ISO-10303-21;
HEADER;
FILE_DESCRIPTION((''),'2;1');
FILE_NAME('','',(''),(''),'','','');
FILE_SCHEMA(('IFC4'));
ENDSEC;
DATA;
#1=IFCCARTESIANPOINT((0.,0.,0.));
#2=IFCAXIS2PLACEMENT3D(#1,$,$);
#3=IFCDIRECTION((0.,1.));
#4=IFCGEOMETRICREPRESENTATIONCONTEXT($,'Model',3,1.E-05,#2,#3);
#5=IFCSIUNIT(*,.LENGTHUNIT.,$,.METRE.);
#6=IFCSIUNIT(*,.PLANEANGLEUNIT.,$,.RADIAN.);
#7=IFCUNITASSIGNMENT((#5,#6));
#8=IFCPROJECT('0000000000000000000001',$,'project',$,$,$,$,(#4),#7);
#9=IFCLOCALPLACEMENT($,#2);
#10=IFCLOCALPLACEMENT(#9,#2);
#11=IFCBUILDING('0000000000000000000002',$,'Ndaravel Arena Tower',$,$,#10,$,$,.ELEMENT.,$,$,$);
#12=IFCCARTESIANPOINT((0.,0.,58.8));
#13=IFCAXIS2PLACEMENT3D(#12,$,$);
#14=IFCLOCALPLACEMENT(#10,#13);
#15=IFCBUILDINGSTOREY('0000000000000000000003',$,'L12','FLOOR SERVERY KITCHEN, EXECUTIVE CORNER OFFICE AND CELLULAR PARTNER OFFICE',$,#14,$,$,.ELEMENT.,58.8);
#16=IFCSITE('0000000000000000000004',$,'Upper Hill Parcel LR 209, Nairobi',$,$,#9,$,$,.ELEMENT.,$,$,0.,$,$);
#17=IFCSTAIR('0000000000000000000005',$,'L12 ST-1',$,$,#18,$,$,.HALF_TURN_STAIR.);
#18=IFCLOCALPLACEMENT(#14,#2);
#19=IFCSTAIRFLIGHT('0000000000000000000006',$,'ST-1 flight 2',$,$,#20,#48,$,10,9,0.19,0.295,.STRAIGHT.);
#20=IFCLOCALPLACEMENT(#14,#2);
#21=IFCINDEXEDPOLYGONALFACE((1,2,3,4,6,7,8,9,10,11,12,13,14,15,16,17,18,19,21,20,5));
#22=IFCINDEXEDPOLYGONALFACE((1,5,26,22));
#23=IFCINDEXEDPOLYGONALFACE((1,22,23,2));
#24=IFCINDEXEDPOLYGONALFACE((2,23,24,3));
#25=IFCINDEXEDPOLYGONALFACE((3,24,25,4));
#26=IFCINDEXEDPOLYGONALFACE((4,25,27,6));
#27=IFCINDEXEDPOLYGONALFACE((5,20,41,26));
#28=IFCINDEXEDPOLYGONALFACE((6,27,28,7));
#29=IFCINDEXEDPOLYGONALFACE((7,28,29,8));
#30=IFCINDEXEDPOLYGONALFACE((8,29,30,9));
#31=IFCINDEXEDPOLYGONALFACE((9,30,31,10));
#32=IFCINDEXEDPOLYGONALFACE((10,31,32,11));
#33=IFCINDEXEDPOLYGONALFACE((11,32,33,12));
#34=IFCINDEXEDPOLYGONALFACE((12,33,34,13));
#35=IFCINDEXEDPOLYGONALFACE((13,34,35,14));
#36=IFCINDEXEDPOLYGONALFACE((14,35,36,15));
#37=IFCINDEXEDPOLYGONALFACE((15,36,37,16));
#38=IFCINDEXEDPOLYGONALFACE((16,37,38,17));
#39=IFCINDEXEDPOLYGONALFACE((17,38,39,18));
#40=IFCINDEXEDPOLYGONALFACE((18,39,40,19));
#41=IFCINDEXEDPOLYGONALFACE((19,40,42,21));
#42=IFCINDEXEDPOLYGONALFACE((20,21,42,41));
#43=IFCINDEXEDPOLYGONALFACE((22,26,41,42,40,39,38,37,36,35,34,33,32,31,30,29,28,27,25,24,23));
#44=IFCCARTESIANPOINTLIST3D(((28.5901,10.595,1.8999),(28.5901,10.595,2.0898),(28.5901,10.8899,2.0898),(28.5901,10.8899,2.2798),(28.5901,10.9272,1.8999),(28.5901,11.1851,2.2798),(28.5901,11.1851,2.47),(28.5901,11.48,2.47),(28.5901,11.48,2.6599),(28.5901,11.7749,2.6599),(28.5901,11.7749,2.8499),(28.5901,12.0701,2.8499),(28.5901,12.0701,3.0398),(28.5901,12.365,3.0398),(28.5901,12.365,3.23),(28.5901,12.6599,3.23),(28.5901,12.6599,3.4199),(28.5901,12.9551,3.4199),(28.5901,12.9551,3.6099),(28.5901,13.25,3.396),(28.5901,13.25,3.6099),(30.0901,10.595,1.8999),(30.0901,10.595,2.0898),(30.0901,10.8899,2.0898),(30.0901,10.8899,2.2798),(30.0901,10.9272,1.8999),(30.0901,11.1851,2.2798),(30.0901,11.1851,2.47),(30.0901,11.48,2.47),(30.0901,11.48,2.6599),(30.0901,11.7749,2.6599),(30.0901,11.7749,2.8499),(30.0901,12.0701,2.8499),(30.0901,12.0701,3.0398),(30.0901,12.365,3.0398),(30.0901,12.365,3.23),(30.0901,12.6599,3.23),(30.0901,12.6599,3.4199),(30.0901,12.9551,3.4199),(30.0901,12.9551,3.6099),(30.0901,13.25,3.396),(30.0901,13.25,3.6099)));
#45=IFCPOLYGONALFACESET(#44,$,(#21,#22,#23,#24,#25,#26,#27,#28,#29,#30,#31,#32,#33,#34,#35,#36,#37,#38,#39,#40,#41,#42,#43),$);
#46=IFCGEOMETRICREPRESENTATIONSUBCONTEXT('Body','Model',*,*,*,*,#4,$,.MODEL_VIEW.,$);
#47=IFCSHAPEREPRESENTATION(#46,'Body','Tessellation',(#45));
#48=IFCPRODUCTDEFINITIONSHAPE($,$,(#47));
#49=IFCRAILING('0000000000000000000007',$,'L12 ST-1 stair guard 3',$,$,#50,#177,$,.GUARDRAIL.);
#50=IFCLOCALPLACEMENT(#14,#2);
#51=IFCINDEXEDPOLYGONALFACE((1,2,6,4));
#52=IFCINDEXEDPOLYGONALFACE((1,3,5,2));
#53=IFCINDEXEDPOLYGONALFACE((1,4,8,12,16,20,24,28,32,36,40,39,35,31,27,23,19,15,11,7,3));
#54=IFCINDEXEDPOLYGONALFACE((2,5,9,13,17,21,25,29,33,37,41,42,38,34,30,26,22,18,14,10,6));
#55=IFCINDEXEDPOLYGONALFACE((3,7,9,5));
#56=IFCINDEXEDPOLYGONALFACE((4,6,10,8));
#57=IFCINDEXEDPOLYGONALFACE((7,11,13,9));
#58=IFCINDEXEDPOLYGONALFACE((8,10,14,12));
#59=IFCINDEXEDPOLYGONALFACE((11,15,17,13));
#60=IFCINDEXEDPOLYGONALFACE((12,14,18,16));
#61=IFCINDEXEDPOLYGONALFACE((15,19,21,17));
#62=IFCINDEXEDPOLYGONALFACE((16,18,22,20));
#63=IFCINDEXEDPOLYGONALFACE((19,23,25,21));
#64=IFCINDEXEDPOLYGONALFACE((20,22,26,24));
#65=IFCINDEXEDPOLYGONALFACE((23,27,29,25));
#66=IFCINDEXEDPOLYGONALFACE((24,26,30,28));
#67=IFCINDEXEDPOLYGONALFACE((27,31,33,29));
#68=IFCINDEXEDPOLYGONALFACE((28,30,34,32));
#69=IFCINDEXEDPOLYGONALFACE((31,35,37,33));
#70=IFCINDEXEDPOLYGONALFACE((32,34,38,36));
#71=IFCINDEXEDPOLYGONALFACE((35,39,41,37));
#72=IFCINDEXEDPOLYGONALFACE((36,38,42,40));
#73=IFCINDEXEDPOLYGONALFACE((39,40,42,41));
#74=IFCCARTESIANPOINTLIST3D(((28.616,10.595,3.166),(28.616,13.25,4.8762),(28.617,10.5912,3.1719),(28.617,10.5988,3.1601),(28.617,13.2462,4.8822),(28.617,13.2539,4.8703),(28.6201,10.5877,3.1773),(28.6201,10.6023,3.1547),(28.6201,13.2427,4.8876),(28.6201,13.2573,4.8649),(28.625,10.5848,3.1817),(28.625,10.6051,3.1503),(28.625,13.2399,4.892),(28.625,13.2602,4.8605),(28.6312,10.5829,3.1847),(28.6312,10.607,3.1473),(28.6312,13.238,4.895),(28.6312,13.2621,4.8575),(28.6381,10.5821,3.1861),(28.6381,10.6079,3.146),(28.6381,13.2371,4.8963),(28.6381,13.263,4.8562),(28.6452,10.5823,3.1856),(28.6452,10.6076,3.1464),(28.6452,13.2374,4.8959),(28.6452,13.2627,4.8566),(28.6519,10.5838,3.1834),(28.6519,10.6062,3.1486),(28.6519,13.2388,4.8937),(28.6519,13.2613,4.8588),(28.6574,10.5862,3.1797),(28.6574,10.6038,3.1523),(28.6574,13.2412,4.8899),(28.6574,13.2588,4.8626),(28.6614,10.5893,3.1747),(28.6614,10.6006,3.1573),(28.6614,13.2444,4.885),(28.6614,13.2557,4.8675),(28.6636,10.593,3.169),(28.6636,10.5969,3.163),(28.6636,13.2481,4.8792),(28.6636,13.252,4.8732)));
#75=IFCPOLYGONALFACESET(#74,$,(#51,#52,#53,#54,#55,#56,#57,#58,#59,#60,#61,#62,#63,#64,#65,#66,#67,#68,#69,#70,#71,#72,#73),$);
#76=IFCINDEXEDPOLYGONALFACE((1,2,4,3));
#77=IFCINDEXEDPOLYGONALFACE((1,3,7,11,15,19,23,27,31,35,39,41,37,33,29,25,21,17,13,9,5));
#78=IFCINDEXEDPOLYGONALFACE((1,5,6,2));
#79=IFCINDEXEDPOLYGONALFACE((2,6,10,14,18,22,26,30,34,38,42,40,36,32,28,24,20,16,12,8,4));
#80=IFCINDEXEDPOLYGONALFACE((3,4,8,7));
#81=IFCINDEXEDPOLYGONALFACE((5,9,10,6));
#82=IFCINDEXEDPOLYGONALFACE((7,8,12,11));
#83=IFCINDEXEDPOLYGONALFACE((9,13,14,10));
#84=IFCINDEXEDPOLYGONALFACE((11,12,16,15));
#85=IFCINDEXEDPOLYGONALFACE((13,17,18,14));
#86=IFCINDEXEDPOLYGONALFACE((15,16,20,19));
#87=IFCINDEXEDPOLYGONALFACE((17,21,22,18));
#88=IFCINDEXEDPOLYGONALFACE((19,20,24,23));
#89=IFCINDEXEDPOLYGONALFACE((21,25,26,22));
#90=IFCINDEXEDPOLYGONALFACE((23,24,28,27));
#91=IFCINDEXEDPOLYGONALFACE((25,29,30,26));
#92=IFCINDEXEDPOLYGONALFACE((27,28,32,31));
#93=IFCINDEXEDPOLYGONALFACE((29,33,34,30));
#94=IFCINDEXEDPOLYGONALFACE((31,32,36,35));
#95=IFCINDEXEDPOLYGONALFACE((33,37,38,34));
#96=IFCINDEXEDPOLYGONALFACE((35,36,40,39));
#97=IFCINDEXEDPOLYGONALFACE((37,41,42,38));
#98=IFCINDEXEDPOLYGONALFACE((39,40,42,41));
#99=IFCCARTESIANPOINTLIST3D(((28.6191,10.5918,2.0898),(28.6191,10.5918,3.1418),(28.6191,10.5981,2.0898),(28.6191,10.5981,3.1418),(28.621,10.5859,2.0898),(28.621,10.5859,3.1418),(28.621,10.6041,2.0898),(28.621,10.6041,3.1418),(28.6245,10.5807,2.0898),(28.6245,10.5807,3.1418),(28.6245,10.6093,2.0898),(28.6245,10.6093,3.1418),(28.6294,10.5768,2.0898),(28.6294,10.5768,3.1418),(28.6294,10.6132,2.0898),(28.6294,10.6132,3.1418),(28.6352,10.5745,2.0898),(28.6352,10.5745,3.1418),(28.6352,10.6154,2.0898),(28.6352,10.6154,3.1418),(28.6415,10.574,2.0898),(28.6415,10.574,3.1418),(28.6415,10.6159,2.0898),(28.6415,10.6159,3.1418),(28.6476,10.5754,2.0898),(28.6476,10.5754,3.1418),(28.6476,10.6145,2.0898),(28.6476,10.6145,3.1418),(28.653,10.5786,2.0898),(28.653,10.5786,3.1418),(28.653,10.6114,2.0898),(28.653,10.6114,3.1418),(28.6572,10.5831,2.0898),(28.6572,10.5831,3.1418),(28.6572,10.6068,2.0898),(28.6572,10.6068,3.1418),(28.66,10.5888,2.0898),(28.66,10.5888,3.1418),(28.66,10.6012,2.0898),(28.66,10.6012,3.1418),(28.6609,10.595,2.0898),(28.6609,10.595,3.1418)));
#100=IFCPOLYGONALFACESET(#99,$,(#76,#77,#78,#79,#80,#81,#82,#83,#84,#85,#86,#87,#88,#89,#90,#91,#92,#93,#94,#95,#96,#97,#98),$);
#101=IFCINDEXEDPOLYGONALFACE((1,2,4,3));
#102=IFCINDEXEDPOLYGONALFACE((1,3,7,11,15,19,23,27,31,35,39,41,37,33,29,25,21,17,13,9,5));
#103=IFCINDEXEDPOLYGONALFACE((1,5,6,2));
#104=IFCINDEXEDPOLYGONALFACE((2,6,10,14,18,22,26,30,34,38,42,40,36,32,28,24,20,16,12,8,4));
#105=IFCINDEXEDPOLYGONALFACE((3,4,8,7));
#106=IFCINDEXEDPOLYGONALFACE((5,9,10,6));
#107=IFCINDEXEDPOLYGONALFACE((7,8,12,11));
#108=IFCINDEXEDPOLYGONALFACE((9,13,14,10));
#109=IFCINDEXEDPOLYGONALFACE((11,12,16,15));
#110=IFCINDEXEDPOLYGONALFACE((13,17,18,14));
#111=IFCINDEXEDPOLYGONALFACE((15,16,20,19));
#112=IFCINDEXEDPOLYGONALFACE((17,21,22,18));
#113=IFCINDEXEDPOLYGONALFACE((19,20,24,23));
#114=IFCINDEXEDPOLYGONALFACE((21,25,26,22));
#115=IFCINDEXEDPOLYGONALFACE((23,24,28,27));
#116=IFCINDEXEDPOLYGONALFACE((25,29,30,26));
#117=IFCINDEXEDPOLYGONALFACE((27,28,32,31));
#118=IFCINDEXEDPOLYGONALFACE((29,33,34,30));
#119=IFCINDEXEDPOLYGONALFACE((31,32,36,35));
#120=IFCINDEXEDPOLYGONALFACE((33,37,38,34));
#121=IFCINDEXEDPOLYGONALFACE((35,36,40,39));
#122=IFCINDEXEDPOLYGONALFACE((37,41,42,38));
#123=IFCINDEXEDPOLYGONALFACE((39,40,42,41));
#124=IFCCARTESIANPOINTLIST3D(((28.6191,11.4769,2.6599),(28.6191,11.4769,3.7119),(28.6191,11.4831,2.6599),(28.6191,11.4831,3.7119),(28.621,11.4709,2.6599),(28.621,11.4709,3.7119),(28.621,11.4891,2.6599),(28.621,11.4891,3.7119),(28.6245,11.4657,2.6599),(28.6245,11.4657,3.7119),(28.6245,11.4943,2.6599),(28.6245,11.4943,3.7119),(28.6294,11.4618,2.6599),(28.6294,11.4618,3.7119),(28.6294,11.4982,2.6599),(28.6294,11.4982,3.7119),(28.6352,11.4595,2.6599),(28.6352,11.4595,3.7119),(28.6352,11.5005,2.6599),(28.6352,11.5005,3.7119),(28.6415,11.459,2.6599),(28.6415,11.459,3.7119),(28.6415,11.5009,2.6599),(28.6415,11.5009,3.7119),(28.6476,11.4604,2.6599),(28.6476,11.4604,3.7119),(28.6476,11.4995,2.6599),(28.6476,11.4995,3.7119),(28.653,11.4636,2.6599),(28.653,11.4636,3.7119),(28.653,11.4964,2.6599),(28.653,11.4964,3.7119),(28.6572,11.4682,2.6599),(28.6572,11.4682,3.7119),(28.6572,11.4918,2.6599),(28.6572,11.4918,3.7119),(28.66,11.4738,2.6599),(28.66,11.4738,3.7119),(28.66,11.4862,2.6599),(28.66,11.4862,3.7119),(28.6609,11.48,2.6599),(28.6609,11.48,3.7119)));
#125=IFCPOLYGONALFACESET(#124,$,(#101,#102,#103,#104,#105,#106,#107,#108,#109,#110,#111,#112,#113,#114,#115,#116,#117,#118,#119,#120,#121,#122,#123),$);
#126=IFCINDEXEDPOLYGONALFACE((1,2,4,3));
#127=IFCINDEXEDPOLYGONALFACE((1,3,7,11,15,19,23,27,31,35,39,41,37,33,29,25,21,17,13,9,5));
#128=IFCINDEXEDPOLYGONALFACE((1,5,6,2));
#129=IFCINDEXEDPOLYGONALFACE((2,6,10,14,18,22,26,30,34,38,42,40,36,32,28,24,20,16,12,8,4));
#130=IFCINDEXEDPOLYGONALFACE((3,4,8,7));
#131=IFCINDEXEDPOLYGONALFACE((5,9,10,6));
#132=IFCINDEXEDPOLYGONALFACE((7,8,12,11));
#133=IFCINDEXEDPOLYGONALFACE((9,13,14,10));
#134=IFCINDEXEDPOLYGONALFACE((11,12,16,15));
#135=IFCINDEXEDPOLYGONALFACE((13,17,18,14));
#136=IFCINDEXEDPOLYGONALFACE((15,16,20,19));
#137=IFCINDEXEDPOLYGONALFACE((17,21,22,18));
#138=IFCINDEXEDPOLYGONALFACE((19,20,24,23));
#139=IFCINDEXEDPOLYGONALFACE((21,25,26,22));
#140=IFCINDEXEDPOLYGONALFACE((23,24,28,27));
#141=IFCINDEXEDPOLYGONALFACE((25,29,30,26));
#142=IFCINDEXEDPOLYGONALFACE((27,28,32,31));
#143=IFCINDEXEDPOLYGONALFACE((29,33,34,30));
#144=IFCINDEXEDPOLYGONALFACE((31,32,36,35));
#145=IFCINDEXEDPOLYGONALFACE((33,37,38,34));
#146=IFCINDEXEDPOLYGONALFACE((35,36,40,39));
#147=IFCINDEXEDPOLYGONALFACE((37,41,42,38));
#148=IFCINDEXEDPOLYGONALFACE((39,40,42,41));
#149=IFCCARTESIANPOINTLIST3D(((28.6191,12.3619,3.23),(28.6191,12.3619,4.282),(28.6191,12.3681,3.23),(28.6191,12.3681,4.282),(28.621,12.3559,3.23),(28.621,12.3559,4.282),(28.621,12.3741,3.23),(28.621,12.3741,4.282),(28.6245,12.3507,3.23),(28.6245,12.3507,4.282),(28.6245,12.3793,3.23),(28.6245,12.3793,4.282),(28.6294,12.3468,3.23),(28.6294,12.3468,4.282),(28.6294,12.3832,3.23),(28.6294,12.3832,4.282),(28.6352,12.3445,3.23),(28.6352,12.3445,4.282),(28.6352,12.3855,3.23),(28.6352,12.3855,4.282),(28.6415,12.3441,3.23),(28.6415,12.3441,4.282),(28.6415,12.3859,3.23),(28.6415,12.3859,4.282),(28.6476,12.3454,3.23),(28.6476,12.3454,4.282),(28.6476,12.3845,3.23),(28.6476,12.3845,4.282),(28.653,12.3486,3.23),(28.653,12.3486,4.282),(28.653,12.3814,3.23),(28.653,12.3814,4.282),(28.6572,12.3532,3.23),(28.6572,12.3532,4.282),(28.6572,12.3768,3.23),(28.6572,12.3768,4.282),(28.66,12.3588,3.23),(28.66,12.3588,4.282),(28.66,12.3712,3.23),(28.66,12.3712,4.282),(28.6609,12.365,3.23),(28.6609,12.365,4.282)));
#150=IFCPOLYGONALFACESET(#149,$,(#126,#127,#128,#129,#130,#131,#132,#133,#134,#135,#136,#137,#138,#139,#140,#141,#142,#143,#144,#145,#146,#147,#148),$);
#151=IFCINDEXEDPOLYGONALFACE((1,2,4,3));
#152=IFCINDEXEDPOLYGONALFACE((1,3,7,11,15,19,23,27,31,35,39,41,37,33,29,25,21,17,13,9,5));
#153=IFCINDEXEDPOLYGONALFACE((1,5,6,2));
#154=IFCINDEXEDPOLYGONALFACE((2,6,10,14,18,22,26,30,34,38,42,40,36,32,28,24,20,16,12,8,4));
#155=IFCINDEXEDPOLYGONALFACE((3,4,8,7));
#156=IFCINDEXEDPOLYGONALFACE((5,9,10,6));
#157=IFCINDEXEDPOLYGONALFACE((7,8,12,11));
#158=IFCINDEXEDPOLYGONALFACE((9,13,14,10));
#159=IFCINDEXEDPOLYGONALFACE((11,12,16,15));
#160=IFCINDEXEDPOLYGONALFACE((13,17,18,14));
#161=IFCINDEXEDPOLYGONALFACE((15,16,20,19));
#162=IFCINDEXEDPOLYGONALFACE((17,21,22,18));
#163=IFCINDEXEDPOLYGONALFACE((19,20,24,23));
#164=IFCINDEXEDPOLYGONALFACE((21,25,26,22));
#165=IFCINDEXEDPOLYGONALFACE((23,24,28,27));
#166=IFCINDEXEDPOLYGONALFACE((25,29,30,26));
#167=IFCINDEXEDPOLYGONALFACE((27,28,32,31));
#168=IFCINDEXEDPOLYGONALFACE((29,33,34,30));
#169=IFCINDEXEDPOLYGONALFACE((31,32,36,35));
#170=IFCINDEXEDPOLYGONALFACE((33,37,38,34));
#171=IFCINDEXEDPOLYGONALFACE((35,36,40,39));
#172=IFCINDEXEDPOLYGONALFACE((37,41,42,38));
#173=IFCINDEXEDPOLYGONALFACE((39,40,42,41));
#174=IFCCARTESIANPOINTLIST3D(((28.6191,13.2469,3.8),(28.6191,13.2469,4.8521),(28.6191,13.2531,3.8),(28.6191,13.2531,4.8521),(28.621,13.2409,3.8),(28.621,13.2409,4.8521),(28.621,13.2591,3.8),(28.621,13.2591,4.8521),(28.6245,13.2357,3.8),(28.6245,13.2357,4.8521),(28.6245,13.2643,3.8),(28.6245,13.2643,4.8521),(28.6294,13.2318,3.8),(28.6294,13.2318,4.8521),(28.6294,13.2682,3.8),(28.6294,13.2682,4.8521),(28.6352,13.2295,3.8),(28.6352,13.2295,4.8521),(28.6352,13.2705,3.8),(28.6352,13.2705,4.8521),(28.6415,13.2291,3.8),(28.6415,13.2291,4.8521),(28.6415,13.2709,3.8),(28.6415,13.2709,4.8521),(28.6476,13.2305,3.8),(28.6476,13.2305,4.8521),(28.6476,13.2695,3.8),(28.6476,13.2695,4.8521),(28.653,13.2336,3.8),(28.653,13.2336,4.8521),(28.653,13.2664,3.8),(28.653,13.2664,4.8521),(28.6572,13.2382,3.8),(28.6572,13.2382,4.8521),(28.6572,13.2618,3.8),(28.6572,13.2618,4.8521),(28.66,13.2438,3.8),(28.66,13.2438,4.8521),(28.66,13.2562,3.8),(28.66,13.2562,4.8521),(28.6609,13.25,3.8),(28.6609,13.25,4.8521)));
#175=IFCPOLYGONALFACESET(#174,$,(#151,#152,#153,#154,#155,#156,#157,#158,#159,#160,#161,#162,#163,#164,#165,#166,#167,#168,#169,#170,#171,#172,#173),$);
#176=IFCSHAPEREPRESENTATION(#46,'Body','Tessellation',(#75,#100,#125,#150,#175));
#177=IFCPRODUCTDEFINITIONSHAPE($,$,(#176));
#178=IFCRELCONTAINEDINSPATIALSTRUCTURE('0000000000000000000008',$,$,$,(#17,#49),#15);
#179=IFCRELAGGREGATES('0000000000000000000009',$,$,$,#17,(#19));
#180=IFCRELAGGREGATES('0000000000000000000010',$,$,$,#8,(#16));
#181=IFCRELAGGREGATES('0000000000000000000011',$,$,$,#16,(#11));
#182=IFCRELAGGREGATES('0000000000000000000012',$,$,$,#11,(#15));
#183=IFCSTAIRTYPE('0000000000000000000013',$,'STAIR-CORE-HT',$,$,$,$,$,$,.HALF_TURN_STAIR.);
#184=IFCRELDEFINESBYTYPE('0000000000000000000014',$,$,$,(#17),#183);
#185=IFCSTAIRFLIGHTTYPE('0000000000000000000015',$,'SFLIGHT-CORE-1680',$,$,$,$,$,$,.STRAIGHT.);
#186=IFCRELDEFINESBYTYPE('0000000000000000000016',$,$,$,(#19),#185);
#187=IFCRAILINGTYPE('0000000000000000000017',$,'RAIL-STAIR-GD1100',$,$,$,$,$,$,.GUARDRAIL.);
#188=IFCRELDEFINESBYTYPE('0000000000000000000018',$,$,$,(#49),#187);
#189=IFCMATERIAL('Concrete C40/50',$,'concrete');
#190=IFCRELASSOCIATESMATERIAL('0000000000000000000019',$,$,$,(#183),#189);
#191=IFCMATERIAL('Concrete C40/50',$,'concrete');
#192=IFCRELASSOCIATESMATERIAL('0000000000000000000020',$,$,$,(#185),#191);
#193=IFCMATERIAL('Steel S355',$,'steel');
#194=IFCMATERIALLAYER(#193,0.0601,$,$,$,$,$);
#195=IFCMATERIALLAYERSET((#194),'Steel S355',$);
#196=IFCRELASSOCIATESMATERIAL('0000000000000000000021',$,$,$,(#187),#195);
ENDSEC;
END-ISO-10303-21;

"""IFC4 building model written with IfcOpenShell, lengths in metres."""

from ifc_helpers import new_model, si_unit, direction, frame, origin, origin_2d, place, context, subcontext, project, spatial, polyline, circle, outline, extrude, material, layer, layer_set, type_object, element, aggregate, save


model = new_model("IFC4")

# Units and contexts
model_context = context("Model", 3, precision=1e-05, world=origin(), true_north=direction((0.0, 1.0)))
body_context = subcontext(model_context, "Body", "Model", "MODEL_VIEW")
ifc_project = project(units=[si_unit("LENGTHUNIT", "METRE"), si_unit("PLANEANGLEUNIT", "RADIAN")], contexts=[model_context])

# Site, building, storey
site_placement = place(None, origin())
site = spatial("IfcSite", under=ifc_project, at=site_placement, Name="Upper Hill Parcel LR 209, Nairobi", CompositionType="ELEMENT", RefElevation=0.0)
building_placement = place(site_placement, origin())
building = spatial("IfcBuilding", under=site, at=building_placement, Name="Ndaravel Arena Tower", CompositionType="ELEMENT")
storey_placement = place(building_placement, frame((0.0, 0.0, 58.8)))
storey = spatial("IfcBuildingStorey", under=building, at=storey_placement, Name="L12", Description="FLOOR SERVERY KITCHEN, EXECUTIVE CORNER OFFICE AND CELLULAR PARTNER OFFICE", CompositionType="ELEMENT", Elevation=58.8)

# Stair, stair flight
ifc_material_1 = material(Name="Concrete C40/50", Category="concrete")
stair_type = type_object("IfcStairType", Name="STAIR-CORE-HT", PredefinedType="HALF_TURN_STAIR", material=ifc_material_1)
stair_placement = place(storey_placement, origin())
stair = element("IfcStair", 1, at=stair_placement, inside=storey, type_object=stair_type, Name="L12 ST-1", PredefinedType="HALF_TURN_STAIR")
ifc_material_2 = material(Name="Concrete C40/50", Category="concrete")
stair_flight_type = type_object("IfcStairFlightType", Name="SFLIGHT-CORE-1680", PredefinedType="STRAIGHT", material=ifc_material_2)
stair_flight_placement = place(storey_placement, frame((29.3401, 10.595, 1.8999), z_axis=(0.0, 0.0, 1.0), x_axis=(0.0, 1.0, 0.0)))
stair_flight = element("IfcStairFlight", 2, at=stair_flight_placement, type_object=stair_flight_type, Name="ST-1 flight 2", NumberOfRisers=10, NumberOfTreads=9, PredefinedType="STRAIGHT", RiserHeight=0.19, TreadLength=0.295, context=body_context, shape_type="SweptSolid", body=[
    extrude(outline(polyline([(0.0, 0.0), (0.0, 0.1899), (0.2949, 0.1899), (0.2949, 0.3799), (0.5901, 0.3799), (0.5901, 0.5701), (0.885, 0.5701), (0.885, 0.76), (1.1799, 0.76), (1.1799, 0.95), (1.4751, 0.95), (1.4751, 1.1399), (1.77, 1.1399), (1.77, 1.3301), (2.0649, 1.3301), (2.0649, 1.52), (2.3601, 1.52), (2.3601, 1.71), (2.655, 1.71), (2.655, 1.8999), (2.655, 1.4961), (0.3323, 0.0), (0.0, 0.0)])), frame((0.0, 0.75, 0.0), z_axis=(0.0, -1.0, 0.0), x_axis=(1.0, 0.0, 0.0)), (0.0, 0.0, 1.0), 1.5),
])
aggregate(stair, [stair_flight])

# Railing
ifc_material_3 = material(Name="Steel S355", Category="steel")
ifc_layer_1 = layer(ifc_material_3, 0.0601)
ifc_layer_set_1 = layer_set([ifc_layer_1], Name="Steel S355")
railing_type_1 = type_object("IfcRailingType", Name="RAIL-STAIR-GD1100", PredefinedType="GUARDRAIL", material=ifc_layer_set_1)
railing_1_placement = place(storey_placement, frame((28.6399, 10.595, 2.0898)))
element("IfcRailing", 3, at=railing_1_placement, inside=storey, type_object=railing_type_1, Name="L12 ST-1 stair guard 3", PredefinedType="GUARDRAIL", context=body_context, shape_type="SweptSolid", body=[
    extrude(circle(Radius=0.0239, at=origin_2d()), frame((0.0, 0.0, 1.0762), z_axis=(0.0, 0.840688, 0.541519), x_axis=(-1.0, 0.0, 0.0)), (0.0, 0.0, 1.0), 3.1582),
    extrude(circle(Radius=0.021, at=origin_2d()), origin(), (0.0, 0.0, 1.0), 1.052),
    extrude(circle(Radius=0.021, at=origin_2d()), frame((0.0, 0.885, 0.5701)), (0.0, 0.0, 1.0), 1.052),
    extrude(circle(Radius=0.021, at=origin_2d()), frame((0.0, 1.77, 1.1401)), (0.0, 0.0, 1.0), 1.052),
    extrude(circle(Radius=0.021, at=origin_2d()), frame((0.0, 2.655, 1.7102)), (0.0, 0.0, 1.0), 1.052),
])

save(model, "model.ifc")
